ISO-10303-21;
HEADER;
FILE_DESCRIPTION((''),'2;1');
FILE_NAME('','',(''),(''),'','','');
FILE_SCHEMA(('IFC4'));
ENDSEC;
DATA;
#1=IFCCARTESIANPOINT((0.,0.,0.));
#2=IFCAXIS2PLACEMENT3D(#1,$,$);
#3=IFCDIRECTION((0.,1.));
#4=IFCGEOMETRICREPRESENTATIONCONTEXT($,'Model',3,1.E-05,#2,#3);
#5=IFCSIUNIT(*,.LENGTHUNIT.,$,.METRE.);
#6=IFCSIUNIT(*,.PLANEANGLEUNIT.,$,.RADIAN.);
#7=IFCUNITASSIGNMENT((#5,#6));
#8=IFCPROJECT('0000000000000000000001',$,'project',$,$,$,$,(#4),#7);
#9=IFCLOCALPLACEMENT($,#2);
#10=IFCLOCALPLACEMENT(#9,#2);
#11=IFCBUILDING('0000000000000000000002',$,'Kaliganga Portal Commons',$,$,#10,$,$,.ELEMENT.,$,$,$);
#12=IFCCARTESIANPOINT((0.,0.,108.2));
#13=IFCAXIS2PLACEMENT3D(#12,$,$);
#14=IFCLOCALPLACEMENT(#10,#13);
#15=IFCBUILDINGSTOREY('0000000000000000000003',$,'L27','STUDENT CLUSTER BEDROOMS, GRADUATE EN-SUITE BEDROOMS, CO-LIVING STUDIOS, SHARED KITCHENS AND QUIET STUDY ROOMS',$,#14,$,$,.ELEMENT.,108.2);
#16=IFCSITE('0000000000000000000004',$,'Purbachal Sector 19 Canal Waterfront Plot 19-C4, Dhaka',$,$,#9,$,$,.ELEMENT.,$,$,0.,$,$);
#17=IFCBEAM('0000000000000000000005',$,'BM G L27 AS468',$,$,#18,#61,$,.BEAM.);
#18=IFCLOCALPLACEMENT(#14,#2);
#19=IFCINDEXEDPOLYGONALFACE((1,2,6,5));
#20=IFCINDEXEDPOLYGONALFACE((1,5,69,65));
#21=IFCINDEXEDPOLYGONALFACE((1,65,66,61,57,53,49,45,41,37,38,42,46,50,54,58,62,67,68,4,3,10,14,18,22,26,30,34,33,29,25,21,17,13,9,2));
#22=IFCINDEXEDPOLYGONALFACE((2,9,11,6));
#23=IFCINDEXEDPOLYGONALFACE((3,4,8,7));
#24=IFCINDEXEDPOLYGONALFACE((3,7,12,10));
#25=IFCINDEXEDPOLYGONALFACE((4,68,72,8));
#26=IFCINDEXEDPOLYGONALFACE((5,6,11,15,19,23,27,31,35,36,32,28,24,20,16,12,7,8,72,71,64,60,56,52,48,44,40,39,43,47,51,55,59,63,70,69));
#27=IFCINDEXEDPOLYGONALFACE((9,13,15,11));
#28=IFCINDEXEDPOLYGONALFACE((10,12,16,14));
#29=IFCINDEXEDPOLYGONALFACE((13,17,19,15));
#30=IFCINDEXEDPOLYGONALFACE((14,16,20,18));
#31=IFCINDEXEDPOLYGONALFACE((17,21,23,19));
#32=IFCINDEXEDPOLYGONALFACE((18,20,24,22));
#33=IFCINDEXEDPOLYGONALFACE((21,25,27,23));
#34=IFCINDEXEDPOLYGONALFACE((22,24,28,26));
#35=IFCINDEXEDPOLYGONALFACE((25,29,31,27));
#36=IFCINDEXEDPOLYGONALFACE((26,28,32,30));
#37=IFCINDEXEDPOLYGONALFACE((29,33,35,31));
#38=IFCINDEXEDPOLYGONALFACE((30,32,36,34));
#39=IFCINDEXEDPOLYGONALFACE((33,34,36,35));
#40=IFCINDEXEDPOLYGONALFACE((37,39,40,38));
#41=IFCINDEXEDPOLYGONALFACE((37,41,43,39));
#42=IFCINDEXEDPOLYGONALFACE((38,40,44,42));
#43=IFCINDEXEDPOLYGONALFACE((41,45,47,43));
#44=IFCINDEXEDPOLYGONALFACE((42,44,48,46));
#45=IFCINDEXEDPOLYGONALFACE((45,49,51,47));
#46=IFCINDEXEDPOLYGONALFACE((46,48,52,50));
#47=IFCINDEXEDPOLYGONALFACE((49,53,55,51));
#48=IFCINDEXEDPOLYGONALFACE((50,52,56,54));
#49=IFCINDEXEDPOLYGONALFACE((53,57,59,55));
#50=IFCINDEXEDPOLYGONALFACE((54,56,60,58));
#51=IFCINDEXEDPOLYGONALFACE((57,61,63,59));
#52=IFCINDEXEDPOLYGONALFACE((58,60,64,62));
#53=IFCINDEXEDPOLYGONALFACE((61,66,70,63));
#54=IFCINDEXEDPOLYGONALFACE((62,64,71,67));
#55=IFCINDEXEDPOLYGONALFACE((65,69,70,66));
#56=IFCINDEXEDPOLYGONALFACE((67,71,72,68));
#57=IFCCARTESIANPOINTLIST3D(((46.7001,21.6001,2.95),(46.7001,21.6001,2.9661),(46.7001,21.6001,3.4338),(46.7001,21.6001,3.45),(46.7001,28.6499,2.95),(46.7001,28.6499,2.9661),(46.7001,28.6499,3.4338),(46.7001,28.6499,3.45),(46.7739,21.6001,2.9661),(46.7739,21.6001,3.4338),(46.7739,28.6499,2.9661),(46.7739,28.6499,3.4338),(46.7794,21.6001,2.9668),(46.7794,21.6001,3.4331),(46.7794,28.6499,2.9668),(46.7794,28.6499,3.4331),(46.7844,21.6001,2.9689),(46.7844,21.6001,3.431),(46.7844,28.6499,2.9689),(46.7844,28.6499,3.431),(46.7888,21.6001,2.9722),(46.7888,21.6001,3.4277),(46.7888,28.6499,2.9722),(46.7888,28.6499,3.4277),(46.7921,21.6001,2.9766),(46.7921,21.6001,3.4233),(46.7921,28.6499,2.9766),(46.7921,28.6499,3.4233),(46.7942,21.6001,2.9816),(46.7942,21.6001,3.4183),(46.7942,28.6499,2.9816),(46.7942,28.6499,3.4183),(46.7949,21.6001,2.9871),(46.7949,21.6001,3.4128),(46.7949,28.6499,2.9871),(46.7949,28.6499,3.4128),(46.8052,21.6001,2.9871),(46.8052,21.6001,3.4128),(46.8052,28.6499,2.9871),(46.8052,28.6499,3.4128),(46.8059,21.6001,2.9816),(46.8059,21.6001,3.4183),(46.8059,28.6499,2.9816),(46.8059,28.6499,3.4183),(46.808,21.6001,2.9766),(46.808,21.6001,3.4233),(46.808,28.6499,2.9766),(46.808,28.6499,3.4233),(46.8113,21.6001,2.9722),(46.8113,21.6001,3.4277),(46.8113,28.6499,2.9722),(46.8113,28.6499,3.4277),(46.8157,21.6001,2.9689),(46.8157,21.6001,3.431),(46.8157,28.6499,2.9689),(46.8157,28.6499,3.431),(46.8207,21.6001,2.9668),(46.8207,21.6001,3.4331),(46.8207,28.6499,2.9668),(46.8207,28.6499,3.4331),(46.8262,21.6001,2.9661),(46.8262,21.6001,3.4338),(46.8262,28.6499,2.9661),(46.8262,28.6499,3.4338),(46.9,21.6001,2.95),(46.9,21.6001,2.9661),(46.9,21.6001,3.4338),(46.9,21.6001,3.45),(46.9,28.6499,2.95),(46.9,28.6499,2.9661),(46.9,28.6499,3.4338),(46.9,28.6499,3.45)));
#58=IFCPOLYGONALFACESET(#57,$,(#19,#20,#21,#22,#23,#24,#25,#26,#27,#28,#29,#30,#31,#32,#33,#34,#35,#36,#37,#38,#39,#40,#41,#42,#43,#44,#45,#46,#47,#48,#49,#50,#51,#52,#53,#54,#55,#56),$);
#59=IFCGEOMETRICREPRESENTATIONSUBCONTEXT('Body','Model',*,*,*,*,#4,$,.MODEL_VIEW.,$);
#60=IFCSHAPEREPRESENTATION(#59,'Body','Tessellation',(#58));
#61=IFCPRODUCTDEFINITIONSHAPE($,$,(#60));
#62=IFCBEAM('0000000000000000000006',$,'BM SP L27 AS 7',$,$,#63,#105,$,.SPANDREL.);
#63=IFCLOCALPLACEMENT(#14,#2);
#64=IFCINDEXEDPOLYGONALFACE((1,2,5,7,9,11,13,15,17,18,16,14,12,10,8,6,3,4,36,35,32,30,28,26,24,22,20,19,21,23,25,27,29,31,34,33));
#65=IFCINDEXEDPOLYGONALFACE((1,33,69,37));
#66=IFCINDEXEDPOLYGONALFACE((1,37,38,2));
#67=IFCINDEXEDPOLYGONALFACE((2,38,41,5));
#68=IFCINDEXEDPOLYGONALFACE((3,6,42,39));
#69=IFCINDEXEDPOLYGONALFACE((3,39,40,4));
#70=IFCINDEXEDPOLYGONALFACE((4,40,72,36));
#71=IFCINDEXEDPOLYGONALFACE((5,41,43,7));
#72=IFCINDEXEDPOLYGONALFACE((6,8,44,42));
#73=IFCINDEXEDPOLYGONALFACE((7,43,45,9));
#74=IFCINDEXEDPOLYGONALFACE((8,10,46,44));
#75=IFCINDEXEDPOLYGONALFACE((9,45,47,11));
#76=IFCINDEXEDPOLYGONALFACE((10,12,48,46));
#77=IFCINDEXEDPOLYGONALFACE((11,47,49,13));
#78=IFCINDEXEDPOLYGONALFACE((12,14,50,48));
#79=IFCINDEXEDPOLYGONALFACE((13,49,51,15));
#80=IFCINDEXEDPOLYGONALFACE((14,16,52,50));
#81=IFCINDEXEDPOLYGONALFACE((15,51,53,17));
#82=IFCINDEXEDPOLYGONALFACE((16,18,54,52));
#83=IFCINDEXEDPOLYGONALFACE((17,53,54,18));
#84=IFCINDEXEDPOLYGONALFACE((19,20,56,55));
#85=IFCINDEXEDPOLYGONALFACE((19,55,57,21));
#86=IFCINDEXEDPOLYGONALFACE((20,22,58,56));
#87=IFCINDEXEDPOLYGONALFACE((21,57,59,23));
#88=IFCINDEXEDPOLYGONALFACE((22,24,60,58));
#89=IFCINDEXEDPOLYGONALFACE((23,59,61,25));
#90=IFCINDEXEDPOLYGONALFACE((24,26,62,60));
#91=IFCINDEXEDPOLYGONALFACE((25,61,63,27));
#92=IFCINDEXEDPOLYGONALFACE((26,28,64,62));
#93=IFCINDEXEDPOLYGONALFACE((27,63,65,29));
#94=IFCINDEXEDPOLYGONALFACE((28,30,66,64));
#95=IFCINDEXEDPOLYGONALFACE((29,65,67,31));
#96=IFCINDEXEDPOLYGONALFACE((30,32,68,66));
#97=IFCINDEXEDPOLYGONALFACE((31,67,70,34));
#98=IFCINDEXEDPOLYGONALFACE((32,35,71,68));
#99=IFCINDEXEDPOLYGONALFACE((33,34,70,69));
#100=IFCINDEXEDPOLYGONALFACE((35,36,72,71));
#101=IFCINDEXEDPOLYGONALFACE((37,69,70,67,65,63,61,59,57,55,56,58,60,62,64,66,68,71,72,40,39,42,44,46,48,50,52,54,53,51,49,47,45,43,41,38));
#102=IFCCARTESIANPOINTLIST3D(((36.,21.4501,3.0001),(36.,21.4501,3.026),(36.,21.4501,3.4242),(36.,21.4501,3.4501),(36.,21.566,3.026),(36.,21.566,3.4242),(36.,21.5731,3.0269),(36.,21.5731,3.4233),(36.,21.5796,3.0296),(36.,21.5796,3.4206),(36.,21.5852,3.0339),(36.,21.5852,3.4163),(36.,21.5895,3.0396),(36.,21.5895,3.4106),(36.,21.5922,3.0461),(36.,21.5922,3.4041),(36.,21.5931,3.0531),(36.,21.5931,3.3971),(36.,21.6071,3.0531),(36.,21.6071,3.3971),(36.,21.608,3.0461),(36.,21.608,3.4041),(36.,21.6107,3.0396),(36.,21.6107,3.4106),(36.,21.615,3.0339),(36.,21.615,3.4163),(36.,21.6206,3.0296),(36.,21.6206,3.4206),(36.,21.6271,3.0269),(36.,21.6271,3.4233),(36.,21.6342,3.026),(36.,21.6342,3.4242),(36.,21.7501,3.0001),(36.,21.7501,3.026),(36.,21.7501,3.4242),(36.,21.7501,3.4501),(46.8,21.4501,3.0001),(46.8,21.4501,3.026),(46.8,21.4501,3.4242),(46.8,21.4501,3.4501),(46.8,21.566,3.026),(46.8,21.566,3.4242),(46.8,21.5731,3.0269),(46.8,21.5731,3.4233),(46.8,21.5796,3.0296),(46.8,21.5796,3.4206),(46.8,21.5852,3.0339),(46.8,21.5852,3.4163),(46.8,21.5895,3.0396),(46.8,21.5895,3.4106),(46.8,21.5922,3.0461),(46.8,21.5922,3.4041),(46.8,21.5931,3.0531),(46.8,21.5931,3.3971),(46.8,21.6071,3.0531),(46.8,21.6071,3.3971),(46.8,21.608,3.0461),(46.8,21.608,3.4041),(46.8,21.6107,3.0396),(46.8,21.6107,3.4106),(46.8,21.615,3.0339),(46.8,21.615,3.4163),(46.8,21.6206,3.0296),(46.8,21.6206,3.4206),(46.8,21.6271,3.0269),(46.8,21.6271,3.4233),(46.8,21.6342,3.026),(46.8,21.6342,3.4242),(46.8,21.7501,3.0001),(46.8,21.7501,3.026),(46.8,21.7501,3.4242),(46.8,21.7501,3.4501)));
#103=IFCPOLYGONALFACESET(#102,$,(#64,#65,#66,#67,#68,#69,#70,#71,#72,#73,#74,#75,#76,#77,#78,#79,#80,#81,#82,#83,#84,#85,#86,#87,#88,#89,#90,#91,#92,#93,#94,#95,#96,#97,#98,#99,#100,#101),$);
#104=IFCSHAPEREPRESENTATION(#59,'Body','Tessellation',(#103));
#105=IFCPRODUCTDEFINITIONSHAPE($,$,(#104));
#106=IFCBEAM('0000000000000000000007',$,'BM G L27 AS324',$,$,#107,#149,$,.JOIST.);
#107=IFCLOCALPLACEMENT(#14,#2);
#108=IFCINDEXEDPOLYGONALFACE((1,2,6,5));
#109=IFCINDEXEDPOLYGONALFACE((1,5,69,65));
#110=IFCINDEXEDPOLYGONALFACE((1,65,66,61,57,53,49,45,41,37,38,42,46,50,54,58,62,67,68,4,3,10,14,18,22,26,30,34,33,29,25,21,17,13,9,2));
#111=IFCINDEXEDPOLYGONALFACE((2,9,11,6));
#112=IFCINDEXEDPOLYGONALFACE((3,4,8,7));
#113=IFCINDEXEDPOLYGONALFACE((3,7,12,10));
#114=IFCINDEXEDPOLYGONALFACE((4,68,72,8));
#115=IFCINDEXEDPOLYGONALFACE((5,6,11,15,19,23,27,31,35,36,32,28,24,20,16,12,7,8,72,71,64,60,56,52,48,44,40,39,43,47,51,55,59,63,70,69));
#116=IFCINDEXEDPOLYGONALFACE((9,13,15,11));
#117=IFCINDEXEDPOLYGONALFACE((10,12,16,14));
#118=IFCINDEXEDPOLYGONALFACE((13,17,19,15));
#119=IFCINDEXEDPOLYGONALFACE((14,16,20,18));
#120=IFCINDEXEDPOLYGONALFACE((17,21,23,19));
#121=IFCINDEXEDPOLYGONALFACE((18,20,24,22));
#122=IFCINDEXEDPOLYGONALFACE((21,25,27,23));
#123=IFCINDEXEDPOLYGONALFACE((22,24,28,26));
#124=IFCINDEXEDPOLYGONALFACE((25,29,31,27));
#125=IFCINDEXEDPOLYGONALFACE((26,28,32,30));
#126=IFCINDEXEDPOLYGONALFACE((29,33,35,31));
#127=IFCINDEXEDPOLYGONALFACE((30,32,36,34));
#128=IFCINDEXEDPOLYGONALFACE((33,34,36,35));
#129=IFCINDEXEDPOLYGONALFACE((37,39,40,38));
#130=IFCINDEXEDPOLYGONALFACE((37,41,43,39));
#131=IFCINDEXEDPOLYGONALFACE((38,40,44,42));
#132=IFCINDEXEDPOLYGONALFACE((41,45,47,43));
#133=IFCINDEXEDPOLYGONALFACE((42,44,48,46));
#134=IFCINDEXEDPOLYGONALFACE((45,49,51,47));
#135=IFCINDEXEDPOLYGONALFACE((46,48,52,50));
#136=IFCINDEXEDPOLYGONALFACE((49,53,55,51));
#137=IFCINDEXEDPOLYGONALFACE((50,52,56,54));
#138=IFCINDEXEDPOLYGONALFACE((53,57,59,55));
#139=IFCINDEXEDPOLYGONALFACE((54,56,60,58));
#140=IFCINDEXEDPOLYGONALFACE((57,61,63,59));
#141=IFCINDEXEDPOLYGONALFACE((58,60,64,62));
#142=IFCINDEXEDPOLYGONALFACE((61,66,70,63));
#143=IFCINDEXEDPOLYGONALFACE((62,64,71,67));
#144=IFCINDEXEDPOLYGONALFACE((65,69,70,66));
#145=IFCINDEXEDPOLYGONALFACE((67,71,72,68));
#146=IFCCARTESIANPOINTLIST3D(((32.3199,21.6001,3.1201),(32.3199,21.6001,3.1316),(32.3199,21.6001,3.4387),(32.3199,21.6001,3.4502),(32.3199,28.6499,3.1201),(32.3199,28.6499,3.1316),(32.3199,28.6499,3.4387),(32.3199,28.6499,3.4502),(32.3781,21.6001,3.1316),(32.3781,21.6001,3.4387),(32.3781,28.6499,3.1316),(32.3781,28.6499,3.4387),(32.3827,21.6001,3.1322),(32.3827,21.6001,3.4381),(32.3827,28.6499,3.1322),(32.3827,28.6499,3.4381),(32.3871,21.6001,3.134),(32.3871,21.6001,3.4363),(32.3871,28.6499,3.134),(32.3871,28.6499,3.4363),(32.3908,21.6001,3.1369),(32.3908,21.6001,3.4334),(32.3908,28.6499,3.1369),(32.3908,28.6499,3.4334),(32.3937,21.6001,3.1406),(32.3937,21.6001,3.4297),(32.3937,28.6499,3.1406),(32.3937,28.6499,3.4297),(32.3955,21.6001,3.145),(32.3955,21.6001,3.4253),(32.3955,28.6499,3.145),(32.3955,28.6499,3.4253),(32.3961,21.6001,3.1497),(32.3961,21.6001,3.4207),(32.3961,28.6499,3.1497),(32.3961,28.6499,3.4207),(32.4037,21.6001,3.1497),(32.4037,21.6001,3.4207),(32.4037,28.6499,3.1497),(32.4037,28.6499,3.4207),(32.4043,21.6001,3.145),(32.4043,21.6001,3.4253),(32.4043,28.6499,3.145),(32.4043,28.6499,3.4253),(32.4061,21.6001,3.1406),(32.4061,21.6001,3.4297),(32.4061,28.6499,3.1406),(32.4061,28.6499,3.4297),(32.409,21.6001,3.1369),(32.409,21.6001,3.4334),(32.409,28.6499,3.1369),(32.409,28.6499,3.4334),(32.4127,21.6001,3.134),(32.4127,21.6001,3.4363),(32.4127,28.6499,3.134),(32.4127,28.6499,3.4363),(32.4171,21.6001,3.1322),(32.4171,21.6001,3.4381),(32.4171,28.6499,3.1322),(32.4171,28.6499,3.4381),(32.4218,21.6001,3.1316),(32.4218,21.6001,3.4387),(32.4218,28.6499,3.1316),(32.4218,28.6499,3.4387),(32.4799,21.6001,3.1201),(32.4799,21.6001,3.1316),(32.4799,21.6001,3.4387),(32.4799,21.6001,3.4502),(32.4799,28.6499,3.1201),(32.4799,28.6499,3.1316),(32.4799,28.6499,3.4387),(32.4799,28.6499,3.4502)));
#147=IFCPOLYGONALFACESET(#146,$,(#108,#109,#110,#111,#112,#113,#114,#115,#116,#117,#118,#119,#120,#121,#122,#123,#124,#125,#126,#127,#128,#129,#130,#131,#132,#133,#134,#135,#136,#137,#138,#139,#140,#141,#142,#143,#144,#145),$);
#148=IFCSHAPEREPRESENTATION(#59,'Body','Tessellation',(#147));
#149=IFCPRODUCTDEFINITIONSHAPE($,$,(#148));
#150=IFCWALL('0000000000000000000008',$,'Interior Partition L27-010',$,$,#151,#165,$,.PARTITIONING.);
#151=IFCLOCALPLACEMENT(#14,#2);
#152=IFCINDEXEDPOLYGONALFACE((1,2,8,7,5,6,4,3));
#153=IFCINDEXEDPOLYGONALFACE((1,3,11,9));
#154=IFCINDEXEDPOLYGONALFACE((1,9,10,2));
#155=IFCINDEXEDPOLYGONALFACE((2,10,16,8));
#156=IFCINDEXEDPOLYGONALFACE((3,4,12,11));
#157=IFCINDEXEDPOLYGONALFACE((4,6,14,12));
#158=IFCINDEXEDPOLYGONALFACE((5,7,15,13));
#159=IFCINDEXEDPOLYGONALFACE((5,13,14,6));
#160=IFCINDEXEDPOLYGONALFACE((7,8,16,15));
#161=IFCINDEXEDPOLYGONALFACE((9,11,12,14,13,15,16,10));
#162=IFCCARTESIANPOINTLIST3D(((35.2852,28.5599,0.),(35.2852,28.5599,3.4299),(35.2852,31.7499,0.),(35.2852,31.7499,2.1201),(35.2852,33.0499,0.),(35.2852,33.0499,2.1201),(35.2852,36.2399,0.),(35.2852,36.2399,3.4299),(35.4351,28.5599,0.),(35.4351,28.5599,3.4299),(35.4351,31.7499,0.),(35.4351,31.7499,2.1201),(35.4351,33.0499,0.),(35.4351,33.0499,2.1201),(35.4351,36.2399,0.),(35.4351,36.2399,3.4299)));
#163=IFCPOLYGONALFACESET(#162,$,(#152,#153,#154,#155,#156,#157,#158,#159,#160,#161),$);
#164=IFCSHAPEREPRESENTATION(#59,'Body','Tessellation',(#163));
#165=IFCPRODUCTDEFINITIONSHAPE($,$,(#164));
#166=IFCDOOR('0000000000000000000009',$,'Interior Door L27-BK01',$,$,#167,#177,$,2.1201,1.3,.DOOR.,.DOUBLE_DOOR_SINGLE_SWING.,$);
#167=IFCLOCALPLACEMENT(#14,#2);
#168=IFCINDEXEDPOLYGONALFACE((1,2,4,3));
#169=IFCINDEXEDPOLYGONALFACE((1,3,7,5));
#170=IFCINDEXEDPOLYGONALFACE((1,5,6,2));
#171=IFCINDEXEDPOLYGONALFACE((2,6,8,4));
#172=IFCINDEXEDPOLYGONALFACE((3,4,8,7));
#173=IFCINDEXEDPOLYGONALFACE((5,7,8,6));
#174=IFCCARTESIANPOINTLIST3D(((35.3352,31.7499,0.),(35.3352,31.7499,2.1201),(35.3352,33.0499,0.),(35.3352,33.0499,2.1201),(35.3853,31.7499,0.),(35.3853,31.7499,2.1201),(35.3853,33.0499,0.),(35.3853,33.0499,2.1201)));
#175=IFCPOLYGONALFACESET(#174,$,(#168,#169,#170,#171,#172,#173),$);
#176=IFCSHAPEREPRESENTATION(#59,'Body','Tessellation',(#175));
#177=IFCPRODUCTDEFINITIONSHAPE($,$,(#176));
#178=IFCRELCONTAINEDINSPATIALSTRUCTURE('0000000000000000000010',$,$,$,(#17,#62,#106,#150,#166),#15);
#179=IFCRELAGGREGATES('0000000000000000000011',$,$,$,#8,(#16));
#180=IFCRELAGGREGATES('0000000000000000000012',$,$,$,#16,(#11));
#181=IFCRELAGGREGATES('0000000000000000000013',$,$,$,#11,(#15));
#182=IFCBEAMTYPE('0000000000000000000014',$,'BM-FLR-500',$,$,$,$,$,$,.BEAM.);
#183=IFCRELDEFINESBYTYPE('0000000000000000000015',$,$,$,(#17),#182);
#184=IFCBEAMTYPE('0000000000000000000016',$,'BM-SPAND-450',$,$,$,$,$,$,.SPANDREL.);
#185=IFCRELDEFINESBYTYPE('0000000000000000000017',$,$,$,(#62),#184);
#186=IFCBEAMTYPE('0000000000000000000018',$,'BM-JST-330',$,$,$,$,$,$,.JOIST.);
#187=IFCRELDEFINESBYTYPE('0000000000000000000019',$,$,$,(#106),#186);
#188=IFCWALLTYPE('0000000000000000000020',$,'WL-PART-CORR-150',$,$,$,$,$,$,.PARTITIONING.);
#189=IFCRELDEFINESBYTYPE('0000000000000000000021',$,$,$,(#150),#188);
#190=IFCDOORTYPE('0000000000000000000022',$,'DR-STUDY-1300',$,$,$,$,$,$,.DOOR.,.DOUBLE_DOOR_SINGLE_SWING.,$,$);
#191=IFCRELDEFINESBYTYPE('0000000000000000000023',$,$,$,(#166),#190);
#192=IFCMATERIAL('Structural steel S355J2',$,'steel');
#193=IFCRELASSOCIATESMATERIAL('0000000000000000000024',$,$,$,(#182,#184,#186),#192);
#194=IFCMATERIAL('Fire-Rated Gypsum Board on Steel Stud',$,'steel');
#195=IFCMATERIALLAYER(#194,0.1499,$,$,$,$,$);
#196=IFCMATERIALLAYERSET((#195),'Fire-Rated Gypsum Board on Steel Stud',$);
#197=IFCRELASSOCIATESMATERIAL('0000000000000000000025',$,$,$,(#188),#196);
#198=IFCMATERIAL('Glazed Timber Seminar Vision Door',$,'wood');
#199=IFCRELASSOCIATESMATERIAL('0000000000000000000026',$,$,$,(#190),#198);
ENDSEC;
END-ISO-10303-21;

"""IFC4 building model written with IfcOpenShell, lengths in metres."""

from ifc_helpers import new_model, si_unit, direction, frame, frame_2d, origin, origin_2d, place, context, subcontext, project, spatial, rectangle, i_section, extrude, source, transform, mapped, material, layer, layer_set, material_profile, profile_set, type_object, element, fill, save


model = new_model("IFC4")

# Units and contexts
model_context = context("Model", 3, precision=1e-05, world=origin(), true_north=direction((0.0, 1.0)))
body_context = subcontext(model_context, "Body", "Model", "MODEL_VIEW")
ifc_project = project(units=[si_unit("LENGTHUNIT", "METRE"), si_unit("PLANEANGLEUNIT", "RADIAN")], contexts=[model_context])

# Site, building, storey
site_placement = place(None, origin())
site = spatial("IfcSite", under=ifc_project, at=site_placement, Name="Purbachal Sector 19 Canal Waterfront Plot 19-C4, Dhaka", CompositionType="ELEMENT", RefElevation=0.0)
building_placement = place(site_placement, origin())
building = spatial("IfcBuilding", under=site, at=building_placement, Name="Kaliganga Portal Commons", CompositionType="ELEMENT")
storey_placement = place(building_placement, frame((0.0, 0.0, 108.2)))
storey = spatial("IfcBuildingStorey", under=building, at=storey_placement, Name="L27", Description="STUDENT CLUSTER BEDROOMS, GRADUATE EN-SUITE BEDROOMS, CO-LIVING STUDIOS, SHARED KITCHENS AND QUIET STUDY ROOMS", CompositionType="ELEMENT", Elevation=108.2)

# Beams
ifc_material_1 = material(Name="Structural steel S355J2", Category="steel")
ifc_material_profile_1 = material_profile(ifc_material_1, i_section(OverallWidth=0.2, OverallDepth=0.5, WebThickness=0.0103, FlangeThickness=0.0161, FilletRadius=0.021, at=origin_2d()), Name="IPE 500")
ifc_profile_set_1 = profile_set([ifc_material_profile_1], Name="Structural steel S355J2 wide-flange")
beam_type_1 = type_object("IfcBeamType", Name="BM-FLR-500", PredefinedType="BEAM", material=ifc_profile_set_1)
shared_shape_1 = source(origin(), body_context, "Body", "SweptSolid", [
    extrude(i_section(OverallWidth=0.2, OverallDepth=0.5, WebThickness=0.0103, FlangeThickness=0.0161, FilletRadius=0.021, at=origin_2d()), origin(), (0.0, 0.0, 1.0), 7.0498),
])
for number, where, z_axis, x_axis, name in (
    (1, (46.8, 21.6001, 3.2), (0.0, 1.0, 0.0), (-1.0, 0.0, 0.0), "BM G L27 AS468"),
):
    element("IfcBeam", number, at=place(storey_placement, frame(where, z_axis=z_axis, x_axis=x_axis)), inside=storey, type_object=beam_type_1, Name=name, PredefinedType="BEAM", context=body_context, shape_type="MappedRepresentation", body=[
        mapped(shared_shape_1, transform((0.0, 0.0, 0.0), x_axis=(1.0, 0.0, 0.0), y_axis=(0.0, 1.0, 0.0), z_axis=(0.0, 0.0, 1.0), scale=1.0)),
    ])
ifc_material_profile_2 = material_profile(ifc_material_1, i_section(OverallWidth=0.3, OverallDepth=0.45, WebThickness=0.0139, FlangeThickness=0.0259, FilletRadius=0.0271, at=origin_2d()), Name="HE 450 B")
ifc_profile_set_2 = profile_set([ifc_material_profile_2], Name="Structural steel S355J2 wide-flange")
beam_type_2 = type_object("IfcBeamType", Name="BM-SPAND-450", PredefinedType="SPANDREL", material=ifc_profile_set_2)
shared_shape_2 = source(origin(), body_context, "Body", "SweptSolid", [
    extrude(i_section(OverallWidth=0.3, OverallDepth=0.45, WebThickness=0.0139, FlangeThickness=0.0259, FilletRadius=0.0271, at=origin_2d()), origin(), (0.0, 0.0, 1.0), 10.8),
])
beam_1_placement = place(storey_placement, frame((36.0, 21.6001, 3.2251), z_axis=(1.0, 0.0, 0.0), x_axis=(0.0, 1.0, 0.0)))
element("IfcBeam", 2, at=beam_1_placement, inside=storey, type_object=beam_type_2, Name="BM SP L27 AS 7", PredefinedType="SPANDREL", context=body_context, shape_type="MappedRepresentation", body=[
    mapped(shared_shape_2, transform((0.0, 0.0, 0.0), x_axis=(1.0, 0.0, 0.0), y_axis=(0.0, 1.0, 0.0), z_axis=(0.0, 0.0, 1.0), scale=1.0)),
])
ifc_material_profile_3 = material_profile(ifc_material_1, i_section(OverallWidth=0.1599, OverallDepth=0.3301, WebThickness=0.0076, FlangeThickness=0.0115, FilletRadius=0.0181, at=origin_2d()), Name="IPE 330")
ifc_profile_set_3 = profile_set([ifc_material_profile_3], Name="Structural steel S355J2 wide-flange")
beam_type_3 = type_object("IfcBeamType", Name="BM-JST-330", PredefinedType="JOIST", material=ifc_profile_set_3)
shared_shape_3 = source(origin(), body_context, "Body", "SweptSolid", [
    extrude(i_section(OverallWidth=0.1599, OverallDepth=0.3301, WebThickness=0.0076, FlangeThickness=0.0115, FilletRadius=0.0181, at=origin_2d()), origin(), (0.0, 0.0, 1.0), 7.0498),
])
beam_2_placement = place(storey_placement, frame((32.3999, 21.6001, 3.2852), z_axis=(0.0, 1.0, 0.0), x_axis=(-1.0, 0.0, 0.0)))
element("IfcBeam", 3, at=beam_2_placement, inside=storey, type_object=beam_type_3, Name="BM G L27 AS324", PredefinedType="JOIST", context=body_context, shape_type="MappedRepresentation", body=[
    mapped(shared_shape_3, transform((0.0, 0.0, 0.0), x_axis=(1.0, 0.0, 0.0), y_axis=(0.0, 1.0, 0.0), z_axis=(0.0, 0.0, 1.0), scale=1.0)),
])

# Wall, opening, door
ifc_material_2 = material(Name="Fire-Rated Gypsum Board on Steel Stud", Category="steel")
ifc_layer_1 = layer(ifc_material_2, 0.1499)
ifc_layer_set_1 = layer_set([ifc_layer_1], Name="Fire-Rated Gypsum Board on Steel Stud")
wall_type_1 = type_object("IfcWallType", Name="WL-PART-CORR-150", PredefinedType="PARTITIONING", material=ifc_layer_set_1)
wall_1_placement = place(storey_placement, frame((35.3601, 28.5601, 0.0), z_axis=(0.0, 0.0, 1.0), x_axis=(0.0, 1.0, 0.0)))
wall_1 = element("IfcWall", 4, at=wall_1_placement, inside=storey, type_object=wall_type_1, Name="Interior Partition L27-010", PredefinedType="PARTITIONING", context=body_context, shape_type="SweptSolid", body=[
    extrude(rectangle(XDim=7.6799, YDim=0.1499, at=frame_2d((3.8398, 0.0))), origin(), (0.0, 0.0, 1.0), 3.4299),
])
opening_1_placement = place(wall_1_placement, frame((3.1899, 0.0, 0.0)))
opening_1 = element("IfcOpeningElement", 5, at=opening_1_placement, cuts=wall_1, PredefinedType="OPENING", context=body_context, shape_type="SweptSolid", body=[
    extrude(rectangle(XDim=1.3, YDim=2.1201, at=frame_2d((0.6499, 1.0601))), frame((0.0, 0.085, 0.0), z_axis=(0.0, -1.0, 0.0), x_axis=(1.0, 0.0, 0.0)), (0.0, 0.0, 1.0), 0.1699),
])
ifc_material_3 = material(Name="Glazed Timber Seminar Vision Door", Category="wood")
door_type_1 = type_object("IfcDoorType", Name="DR-STUDY-1300", OperationType="DOUBLE_DOOR_SINGLE_SWING", PredefinedType="DOOR", material=ifc_material_3)
door_1_placement = place(opening_1_placement, origin())
door_1 = element("IfcDoor", 6, at=door_1_placement, inside=storey, type_object=door_type_1, Name="Interior Door L27-BK01", OperationType="DOUBLE_DOOR_SINGLE_SWING", OverallHeight=2.1201, OverallWidth=1.3, PredefinedType="DOOR", context=body_context, shape_type="SweptSolid", body=[
    extrude(rectangle(XDim=1.3, YDim=2.1201, at=frame_2d((0.6499, 1.0601))), frame((0.0, 0.0249, 0.0), z_axis=(0.0, -1.0, 0.0), x_axis=(1.0, 0.0, 0.0)), (0.0, 0.0, 1.0), 0.05),
])
fill(opening_1, door_1)

save(model, "model.ifc")
